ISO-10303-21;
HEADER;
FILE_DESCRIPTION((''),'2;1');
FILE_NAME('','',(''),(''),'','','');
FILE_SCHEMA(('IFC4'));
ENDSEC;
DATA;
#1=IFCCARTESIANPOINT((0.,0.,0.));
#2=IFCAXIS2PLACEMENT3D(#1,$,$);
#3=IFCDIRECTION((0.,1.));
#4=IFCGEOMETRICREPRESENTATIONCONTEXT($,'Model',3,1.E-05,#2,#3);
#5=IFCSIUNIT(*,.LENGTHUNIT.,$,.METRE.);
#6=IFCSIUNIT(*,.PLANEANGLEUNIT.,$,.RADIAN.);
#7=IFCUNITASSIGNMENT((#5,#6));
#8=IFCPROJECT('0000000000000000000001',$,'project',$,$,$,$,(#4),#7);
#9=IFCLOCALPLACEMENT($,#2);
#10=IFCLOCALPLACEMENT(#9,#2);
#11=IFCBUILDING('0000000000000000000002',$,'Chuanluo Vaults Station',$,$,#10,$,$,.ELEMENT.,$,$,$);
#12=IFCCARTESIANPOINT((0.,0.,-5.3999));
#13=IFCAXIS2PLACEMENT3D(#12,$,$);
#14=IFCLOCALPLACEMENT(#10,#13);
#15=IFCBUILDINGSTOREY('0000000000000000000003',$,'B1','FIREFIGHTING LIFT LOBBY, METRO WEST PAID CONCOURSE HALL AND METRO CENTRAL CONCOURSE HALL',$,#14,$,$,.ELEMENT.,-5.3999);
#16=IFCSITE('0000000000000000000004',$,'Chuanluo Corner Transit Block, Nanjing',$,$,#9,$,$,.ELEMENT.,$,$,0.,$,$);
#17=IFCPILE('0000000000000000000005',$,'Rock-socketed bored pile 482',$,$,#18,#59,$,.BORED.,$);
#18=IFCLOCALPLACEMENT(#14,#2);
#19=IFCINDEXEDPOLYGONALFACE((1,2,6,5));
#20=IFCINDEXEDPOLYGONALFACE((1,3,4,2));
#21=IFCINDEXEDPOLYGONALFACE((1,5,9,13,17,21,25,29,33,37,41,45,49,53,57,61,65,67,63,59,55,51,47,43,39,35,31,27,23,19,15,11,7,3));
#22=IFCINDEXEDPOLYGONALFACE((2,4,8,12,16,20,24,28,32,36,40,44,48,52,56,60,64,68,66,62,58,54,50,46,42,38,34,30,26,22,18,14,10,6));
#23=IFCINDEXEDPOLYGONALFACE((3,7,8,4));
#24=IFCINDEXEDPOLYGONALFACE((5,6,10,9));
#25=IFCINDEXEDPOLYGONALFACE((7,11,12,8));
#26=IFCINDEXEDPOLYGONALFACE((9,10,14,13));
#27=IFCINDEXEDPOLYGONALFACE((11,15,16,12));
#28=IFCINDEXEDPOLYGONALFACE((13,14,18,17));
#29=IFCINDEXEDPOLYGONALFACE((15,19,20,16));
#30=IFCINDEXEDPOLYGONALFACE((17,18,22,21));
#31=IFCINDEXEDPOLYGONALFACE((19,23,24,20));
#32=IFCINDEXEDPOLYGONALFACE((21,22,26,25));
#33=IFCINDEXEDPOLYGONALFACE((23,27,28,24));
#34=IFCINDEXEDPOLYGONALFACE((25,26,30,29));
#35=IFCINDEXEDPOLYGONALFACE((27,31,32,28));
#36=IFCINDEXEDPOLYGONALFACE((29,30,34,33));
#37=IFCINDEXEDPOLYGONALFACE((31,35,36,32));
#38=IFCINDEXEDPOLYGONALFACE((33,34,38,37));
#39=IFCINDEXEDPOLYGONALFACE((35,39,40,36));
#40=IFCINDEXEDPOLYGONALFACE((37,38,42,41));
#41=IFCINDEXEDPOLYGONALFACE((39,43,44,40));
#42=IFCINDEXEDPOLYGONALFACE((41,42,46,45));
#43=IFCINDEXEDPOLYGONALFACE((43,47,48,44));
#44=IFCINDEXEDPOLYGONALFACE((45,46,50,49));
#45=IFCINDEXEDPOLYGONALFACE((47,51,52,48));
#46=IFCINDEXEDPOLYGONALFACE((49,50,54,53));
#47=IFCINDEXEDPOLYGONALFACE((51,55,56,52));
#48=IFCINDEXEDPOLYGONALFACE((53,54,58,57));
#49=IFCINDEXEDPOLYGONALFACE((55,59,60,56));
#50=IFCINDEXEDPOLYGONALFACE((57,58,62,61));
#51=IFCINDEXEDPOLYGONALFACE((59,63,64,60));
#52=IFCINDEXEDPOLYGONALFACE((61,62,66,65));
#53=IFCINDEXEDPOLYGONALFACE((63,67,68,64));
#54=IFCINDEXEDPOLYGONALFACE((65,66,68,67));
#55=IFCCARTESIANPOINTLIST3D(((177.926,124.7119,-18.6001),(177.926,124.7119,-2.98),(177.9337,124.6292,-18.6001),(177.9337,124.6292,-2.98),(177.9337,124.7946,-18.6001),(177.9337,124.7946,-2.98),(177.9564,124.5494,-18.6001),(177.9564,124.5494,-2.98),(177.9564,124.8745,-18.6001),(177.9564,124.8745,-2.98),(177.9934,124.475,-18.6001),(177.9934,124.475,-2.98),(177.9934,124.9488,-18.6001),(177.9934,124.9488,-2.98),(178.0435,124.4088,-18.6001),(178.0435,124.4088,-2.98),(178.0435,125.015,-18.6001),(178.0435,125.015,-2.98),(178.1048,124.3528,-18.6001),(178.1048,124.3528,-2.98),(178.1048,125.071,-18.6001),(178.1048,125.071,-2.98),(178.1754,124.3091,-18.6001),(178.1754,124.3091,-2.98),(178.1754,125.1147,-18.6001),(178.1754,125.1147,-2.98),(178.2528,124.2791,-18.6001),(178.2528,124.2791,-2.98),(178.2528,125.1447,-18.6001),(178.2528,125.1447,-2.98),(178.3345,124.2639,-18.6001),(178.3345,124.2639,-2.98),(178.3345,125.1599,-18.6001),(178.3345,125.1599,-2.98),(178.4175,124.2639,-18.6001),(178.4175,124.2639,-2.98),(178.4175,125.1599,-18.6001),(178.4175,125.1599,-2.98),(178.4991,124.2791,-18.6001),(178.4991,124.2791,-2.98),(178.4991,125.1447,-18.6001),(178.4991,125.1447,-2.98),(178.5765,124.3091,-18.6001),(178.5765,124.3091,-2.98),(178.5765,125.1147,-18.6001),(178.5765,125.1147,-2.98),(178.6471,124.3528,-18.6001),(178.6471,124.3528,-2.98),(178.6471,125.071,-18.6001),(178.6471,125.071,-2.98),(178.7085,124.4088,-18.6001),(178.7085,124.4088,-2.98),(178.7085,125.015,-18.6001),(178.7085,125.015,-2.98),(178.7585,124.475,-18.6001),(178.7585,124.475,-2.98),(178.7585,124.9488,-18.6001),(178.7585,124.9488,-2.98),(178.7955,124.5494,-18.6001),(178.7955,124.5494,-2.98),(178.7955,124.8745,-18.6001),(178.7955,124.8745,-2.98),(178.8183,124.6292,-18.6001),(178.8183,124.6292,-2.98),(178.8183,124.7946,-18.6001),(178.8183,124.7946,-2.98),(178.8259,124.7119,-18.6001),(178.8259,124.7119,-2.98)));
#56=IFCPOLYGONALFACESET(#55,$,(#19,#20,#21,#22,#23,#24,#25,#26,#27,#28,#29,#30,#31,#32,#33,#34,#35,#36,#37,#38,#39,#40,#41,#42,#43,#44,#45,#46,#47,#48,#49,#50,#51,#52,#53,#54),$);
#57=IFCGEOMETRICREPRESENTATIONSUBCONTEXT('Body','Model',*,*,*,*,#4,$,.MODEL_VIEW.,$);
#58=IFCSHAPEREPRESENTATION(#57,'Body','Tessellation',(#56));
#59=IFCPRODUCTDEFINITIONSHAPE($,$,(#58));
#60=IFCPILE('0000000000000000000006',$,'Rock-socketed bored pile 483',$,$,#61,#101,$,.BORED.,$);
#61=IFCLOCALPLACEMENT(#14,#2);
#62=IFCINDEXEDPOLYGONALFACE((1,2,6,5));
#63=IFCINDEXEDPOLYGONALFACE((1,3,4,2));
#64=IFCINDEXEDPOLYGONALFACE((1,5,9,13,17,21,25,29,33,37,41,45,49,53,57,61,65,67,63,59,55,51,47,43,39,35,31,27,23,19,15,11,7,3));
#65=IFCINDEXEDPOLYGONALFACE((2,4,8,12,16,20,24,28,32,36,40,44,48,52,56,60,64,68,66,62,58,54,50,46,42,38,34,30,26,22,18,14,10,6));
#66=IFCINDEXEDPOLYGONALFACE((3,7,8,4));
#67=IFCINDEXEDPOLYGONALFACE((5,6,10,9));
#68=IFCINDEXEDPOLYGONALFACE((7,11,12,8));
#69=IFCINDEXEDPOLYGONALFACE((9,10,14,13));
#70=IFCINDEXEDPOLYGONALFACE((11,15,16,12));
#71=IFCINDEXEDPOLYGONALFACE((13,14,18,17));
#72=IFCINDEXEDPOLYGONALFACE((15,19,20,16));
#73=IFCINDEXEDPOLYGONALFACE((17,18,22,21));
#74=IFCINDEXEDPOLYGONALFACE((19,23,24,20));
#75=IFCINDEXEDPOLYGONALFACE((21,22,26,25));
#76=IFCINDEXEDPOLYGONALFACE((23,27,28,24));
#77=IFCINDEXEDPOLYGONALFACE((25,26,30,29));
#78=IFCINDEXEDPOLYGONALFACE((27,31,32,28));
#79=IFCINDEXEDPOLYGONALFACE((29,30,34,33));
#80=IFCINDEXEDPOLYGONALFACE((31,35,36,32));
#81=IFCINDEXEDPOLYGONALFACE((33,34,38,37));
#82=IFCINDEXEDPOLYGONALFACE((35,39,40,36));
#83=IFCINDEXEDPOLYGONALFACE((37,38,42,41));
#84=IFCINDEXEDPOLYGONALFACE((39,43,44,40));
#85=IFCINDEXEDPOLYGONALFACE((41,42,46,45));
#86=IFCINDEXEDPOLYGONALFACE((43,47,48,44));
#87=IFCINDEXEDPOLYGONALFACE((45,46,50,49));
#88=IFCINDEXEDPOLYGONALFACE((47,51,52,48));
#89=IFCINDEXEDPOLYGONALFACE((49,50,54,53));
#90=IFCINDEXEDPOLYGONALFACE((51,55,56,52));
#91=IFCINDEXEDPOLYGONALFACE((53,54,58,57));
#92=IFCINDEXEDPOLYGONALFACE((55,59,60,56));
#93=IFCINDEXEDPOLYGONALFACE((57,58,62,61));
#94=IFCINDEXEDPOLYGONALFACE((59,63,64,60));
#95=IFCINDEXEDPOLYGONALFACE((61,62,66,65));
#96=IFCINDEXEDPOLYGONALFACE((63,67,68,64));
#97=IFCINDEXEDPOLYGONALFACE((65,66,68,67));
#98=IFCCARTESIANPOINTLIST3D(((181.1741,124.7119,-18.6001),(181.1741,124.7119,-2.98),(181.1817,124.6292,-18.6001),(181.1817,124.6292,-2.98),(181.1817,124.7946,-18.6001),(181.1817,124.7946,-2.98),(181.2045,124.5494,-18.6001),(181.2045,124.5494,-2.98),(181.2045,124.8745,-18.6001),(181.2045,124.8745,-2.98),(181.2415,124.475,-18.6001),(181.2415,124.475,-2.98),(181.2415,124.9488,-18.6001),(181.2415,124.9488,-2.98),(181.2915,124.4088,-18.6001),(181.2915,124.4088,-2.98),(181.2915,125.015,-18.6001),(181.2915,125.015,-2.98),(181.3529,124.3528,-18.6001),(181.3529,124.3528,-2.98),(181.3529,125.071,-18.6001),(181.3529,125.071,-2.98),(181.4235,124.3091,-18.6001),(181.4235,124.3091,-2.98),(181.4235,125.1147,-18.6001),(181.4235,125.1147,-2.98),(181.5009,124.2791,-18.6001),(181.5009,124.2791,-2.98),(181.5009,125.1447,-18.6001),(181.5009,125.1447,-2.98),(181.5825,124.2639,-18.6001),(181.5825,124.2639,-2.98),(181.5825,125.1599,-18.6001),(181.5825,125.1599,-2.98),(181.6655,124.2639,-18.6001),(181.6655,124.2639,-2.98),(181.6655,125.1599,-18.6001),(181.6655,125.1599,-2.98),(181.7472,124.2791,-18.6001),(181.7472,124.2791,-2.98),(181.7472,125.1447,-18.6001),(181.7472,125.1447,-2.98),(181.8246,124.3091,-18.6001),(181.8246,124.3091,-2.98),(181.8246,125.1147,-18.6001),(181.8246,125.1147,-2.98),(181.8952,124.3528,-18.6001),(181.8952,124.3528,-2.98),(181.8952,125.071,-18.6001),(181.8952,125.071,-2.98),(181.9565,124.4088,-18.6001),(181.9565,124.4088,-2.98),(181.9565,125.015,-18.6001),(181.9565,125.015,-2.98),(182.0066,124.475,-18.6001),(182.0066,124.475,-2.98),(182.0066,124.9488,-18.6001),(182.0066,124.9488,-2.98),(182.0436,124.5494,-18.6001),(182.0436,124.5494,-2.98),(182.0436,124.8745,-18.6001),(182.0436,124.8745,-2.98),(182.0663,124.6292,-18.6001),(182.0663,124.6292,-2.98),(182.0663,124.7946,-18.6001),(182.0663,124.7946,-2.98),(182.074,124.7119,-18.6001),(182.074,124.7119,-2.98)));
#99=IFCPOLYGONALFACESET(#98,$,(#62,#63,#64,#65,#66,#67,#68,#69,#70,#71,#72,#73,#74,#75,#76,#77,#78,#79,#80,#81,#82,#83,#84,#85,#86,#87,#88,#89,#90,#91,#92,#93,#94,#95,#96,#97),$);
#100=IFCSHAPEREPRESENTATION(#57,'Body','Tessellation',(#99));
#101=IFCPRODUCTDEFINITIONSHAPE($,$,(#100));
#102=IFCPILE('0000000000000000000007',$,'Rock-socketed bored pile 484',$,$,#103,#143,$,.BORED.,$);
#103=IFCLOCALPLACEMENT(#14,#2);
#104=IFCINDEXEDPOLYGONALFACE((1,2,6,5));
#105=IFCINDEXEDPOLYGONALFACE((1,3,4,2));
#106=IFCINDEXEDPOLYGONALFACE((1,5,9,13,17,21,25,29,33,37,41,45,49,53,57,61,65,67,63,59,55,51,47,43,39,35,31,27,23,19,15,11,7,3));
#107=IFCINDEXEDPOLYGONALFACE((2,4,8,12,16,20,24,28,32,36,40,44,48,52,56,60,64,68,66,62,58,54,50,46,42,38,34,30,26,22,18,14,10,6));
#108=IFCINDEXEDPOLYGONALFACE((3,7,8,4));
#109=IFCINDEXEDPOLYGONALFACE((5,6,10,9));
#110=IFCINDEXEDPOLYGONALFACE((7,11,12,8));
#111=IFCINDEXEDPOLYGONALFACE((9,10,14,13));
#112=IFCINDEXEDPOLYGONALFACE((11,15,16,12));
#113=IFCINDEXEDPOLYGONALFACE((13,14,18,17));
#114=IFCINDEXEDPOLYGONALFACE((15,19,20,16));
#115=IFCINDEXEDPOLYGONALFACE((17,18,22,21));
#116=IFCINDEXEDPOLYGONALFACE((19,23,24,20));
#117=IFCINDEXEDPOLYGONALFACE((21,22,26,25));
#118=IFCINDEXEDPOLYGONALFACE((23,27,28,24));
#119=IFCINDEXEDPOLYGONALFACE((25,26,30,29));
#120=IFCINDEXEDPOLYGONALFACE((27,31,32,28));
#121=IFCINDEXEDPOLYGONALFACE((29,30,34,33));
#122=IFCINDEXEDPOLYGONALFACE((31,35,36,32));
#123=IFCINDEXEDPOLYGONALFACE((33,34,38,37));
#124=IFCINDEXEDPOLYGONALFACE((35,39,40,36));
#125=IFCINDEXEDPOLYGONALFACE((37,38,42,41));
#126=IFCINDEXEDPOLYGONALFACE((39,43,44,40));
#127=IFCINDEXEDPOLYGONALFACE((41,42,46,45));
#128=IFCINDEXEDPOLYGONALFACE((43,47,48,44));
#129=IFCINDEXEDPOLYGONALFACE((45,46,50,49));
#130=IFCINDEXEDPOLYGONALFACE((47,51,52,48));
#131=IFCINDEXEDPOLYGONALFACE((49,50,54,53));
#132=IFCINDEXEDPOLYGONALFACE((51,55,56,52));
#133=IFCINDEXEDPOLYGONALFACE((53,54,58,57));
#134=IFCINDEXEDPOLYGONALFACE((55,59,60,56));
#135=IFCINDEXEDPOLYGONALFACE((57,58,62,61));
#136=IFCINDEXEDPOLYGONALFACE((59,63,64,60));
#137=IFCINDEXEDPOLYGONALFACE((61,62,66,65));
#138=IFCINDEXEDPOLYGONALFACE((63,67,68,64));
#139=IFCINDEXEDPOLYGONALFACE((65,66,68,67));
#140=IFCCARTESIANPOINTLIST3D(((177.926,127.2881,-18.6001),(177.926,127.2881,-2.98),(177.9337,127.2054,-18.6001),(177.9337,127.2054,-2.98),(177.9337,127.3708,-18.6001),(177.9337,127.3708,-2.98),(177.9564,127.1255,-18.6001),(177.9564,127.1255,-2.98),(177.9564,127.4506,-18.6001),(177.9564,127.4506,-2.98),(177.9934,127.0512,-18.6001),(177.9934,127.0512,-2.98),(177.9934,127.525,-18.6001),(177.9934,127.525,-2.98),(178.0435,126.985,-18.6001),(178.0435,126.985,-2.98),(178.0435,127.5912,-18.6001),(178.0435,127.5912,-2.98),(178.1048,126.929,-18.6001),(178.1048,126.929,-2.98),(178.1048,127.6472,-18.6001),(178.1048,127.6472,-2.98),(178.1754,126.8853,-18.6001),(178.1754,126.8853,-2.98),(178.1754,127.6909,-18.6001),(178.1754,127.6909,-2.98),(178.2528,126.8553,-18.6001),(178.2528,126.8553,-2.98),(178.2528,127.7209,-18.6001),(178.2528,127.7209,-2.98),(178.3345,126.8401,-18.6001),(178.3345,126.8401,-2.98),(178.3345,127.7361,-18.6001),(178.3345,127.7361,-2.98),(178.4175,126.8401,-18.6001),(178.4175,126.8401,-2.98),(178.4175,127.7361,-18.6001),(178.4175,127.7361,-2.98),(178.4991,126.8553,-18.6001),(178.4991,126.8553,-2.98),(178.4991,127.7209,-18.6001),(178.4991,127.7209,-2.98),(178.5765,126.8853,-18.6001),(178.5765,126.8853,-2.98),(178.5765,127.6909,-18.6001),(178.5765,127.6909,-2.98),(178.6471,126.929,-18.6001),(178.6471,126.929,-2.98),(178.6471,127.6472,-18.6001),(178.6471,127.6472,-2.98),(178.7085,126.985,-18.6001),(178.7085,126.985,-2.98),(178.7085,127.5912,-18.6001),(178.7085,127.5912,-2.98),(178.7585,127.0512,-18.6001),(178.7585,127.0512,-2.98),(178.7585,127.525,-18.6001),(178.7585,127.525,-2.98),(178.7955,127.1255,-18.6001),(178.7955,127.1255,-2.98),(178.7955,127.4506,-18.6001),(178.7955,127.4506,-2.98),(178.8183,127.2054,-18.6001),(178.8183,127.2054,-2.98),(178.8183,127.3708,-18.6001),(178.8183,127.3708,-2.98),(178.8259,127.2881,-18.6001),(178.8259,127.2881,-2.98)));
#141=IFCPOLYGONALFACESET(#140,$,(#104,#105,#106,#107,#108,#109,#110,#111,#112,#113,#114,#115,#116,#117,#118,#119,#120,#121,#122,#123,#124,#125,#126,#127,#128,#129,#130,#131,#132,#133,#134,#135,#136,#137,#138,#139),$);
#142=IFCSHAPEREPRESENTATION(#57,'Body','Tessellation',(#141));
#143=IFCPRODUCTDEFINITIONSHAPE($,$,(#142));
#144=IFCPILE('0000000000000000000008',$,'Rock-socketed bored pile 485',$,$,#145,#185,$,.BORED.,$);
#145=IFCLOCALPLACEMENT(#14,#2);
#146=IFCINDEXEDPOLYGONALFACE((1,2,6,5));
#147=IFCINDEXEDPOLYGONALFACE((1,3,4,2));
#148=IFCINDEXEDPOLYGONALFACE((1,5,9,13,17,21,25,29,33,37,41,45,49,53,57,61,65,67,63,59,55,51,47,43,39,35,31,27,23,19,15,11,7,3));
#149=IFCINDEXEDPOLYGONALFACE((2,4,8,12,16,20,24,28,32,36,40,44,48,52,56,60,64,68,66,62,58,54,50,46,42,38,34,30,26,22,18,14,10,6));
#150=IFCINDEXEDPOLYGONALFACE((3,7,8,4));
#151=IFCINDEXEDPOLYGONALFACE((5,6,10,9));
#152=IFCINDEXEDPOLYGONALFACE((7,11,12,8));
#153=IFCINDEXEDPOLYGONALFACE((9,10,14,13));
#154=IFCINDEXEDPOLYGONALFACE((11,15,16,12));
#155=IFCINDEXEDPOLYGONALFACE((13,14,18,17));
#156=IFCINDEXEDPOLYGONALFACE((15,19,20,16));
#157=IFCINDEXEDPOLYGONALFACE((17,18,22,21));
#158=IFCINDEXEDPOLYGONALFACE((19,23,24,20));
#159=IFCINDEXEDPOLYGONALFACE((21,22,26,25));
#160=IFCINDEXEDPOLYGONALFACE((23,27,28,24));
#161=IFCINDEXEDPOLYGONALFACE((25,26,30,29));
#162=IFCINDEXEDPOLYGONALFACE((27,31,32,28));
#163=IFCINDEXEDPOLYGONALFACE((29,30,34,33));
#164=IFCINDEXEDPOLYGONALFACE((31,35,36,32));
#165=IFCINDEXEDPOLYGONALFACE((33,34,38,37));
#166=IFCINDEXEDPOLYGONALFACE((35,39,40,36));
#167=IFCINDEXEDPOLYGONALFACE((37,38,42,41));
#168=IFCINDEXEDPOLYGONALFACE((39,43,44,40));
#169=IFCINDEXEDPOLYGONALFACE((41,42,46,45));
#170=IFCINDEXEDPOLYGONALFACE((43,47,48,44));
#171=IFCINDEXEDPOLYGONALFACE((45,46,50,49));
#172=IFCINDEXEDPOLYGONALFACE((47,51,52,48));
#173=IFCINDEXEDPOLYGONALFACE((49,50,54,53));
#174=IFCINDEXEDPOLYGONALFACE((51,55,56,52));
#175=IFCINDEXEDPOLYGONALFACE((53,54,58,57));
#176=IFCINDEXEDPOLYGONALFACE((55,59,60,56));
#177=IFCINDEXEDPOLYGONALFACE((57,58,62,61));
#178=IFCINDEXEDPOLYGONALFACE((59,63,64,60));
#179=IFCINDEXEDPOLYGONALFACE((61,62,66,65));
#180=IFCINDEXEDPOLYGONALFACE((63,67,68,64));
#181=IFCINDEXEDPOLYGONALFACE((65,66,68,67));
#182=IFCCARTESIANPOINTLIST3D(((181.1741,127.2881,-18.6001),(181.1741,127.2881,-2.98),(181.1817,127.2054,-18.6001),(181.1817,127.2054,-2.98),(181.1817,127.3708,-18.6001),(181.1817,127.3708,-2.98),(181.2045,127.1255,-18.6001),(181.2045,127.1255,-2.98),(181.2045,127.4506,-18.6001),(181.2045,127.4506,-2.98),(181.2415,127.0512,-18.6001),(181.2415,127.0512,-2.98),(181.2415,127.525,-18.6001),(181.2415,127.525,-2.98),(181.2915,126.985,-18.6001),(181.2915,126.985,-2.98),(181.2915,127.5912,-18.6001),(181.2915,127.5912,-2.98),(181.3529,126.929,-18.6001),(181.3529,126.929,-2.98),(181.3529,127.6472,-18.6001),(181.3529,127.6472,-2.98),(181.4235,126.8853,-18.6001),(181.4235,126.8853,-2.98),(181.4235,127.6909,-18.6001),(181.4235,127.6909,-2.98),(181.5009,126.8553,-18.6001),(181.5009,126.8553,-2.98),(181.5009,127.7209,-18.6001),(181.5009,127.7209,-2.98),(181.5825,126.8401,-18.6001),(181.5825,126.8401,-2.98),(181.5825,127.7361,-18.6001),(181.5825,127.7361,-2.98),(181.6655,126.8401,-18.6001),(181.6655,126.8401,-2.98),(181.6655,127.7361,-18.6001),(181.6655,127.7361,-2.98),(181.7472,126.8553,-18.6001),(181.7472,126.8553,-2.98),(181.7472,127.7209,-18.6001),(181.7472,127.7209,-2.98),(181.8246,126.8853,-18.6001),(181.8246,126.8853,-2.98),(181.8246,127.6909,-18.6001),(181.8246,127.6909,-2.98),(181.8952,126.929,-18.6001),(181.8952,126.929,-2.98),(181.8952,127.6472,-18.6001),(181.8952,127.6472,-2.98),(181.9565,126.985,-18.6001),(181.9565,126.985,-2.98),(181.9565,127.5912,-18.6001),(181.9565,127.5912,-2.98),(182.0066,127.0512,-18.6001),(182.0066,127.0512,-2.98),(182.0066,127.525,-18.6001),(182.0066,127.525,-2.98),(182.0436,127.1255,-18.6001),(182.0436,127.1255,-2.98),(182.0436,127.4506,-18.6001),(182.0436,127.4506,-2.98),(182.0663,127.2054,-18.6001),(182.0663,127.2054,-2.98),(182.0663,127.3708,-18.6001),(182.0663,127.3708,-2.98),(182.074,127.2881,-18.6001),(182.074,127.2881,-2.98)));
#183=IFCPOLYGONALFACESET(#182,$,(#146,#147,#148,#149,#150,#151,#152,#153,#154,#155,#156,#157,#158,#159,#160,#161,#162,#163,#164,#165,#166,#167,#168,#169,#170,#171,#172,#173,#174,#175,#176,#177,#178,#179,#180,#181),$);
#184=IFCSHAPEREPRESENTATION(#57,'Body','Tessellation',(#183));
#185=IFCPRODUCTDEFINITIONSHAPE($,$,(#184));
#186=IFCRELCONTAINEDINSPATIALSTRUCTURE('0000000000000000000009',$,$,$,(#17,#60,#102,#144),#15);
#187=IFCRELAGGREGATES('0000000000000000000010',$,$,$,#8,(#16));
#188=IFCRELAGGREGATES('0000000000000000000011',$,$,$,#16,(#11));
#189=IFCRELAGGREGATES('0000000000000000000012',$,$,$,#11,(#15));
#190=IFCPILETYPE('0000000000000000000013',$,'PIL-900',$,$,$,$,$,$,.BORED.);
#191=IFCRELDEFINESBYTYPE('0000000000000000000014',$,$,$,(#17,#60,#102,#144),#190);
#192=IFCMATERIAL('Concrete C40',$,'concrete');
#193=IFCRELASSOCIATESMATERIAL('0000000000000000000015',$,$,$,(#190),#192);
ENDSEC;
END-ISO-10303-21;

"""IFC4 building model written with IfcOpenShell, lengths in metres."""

from ifc_helpers import new_model, si_unit, direction, frame, origin, origin_2d, place, context, subcontext, project, spatial, circle, extrude, material, material_profile, profile_set, type_object, element, save


model = new_model("IFC4")

# Units and contexts
model_context = context("Model", 3, precision=1e-05, world=origin(), true_north=direction((0.0, 1.0)))
body_context = subcontext(model_context, "Body", "Model", "MODEL_VIEW")
ifc_project = project(units=[si_unit("LENGTHUNIT", "METRE"), si_unit("PLANEANGLEUNIT", "RADIAN")], contexts=[model_context])

# Site, building, storey
site_placement = place(None, origin())
site = spatial("IfcSite", under=ifc_project, at=site_placement, Name="Chuanluo Corner Transit Block, Nanjing", CompositionType="ELEMENT", RefElevation=0.0)
building_placement = place(site_placement, origin())
building = spatial("IfcBuilding", under=site, at=building_placement, Name="Chuanluo Vaults Station", CompositionType="ELEMENT")
storey_placement = place(building_placement, frame((0.0, 0.0, -5.3999)))
storey = spatial("IfcBuildingStorey", under=building, at=storey_placement, Name="B1", Description="FIREFIGHTING LIFT LOBBY, METRO WEST PAID CONCOURSE HALL AND METRO CENTRAL CONCOURSE HALL", CompositionType="ELEMENT", Elevation=-5.3999)

# Piles
ifc_material_1 = material(Name="Concrete C40", Category="concrete")
ifc_material_profile_1 = material_profile(ifc_material_1, circle(Radius=0.45, at=origin_2d()))
ifc_profile_set_1 = profile_set([ifc_material_profile_1], Name="Concrete C40")
pile_type_1 = type_object("IfcPileType", Name="PIL-900", PredefinedType="BORED", material=ifc_profile_set_1)
for number, where, z_axis, x_axis, name in (
    (1, (178.376, 124.7119, -2.98), (0.0, 0.0, -1.0), (1.0, 0.0, 0.0), "Rock-socketed bored pile 482"),
    (2, (181.624, 124.7119, -2.98), (0.0, 0.0, -1.0), (1.0, 0.0, 0.0), "Rock-socketed bored pile 483"),
    (3, (178.376, 127.2881, -2.98), (0.0, 0.0, -1.0), (1.0, 0.0, 0.0), "Rock-socketed bored pile 484"),
    (4, (181.624, 127.2881, -2.98), (0.0, 0.0, -1.0), (1.0, 0.0, 0.0), "Rock-socketed bored pile 485"),
):
    element("IfcPile", number, at=place(storey_placement, frame(where, z_axis=z_axis, x_axis=x_axis)), inside=storey, type_object=pile_type_1, Name=name, PredefinedType="BORED", context=body_context, shape_type="SweptSolid", body=[
        extrude(circle(Radius=0.45, at=origin_2d()), origin(), (0.0, 0.0, 1.0), 15.6201),
    ])

save(model, "model.ifc")
